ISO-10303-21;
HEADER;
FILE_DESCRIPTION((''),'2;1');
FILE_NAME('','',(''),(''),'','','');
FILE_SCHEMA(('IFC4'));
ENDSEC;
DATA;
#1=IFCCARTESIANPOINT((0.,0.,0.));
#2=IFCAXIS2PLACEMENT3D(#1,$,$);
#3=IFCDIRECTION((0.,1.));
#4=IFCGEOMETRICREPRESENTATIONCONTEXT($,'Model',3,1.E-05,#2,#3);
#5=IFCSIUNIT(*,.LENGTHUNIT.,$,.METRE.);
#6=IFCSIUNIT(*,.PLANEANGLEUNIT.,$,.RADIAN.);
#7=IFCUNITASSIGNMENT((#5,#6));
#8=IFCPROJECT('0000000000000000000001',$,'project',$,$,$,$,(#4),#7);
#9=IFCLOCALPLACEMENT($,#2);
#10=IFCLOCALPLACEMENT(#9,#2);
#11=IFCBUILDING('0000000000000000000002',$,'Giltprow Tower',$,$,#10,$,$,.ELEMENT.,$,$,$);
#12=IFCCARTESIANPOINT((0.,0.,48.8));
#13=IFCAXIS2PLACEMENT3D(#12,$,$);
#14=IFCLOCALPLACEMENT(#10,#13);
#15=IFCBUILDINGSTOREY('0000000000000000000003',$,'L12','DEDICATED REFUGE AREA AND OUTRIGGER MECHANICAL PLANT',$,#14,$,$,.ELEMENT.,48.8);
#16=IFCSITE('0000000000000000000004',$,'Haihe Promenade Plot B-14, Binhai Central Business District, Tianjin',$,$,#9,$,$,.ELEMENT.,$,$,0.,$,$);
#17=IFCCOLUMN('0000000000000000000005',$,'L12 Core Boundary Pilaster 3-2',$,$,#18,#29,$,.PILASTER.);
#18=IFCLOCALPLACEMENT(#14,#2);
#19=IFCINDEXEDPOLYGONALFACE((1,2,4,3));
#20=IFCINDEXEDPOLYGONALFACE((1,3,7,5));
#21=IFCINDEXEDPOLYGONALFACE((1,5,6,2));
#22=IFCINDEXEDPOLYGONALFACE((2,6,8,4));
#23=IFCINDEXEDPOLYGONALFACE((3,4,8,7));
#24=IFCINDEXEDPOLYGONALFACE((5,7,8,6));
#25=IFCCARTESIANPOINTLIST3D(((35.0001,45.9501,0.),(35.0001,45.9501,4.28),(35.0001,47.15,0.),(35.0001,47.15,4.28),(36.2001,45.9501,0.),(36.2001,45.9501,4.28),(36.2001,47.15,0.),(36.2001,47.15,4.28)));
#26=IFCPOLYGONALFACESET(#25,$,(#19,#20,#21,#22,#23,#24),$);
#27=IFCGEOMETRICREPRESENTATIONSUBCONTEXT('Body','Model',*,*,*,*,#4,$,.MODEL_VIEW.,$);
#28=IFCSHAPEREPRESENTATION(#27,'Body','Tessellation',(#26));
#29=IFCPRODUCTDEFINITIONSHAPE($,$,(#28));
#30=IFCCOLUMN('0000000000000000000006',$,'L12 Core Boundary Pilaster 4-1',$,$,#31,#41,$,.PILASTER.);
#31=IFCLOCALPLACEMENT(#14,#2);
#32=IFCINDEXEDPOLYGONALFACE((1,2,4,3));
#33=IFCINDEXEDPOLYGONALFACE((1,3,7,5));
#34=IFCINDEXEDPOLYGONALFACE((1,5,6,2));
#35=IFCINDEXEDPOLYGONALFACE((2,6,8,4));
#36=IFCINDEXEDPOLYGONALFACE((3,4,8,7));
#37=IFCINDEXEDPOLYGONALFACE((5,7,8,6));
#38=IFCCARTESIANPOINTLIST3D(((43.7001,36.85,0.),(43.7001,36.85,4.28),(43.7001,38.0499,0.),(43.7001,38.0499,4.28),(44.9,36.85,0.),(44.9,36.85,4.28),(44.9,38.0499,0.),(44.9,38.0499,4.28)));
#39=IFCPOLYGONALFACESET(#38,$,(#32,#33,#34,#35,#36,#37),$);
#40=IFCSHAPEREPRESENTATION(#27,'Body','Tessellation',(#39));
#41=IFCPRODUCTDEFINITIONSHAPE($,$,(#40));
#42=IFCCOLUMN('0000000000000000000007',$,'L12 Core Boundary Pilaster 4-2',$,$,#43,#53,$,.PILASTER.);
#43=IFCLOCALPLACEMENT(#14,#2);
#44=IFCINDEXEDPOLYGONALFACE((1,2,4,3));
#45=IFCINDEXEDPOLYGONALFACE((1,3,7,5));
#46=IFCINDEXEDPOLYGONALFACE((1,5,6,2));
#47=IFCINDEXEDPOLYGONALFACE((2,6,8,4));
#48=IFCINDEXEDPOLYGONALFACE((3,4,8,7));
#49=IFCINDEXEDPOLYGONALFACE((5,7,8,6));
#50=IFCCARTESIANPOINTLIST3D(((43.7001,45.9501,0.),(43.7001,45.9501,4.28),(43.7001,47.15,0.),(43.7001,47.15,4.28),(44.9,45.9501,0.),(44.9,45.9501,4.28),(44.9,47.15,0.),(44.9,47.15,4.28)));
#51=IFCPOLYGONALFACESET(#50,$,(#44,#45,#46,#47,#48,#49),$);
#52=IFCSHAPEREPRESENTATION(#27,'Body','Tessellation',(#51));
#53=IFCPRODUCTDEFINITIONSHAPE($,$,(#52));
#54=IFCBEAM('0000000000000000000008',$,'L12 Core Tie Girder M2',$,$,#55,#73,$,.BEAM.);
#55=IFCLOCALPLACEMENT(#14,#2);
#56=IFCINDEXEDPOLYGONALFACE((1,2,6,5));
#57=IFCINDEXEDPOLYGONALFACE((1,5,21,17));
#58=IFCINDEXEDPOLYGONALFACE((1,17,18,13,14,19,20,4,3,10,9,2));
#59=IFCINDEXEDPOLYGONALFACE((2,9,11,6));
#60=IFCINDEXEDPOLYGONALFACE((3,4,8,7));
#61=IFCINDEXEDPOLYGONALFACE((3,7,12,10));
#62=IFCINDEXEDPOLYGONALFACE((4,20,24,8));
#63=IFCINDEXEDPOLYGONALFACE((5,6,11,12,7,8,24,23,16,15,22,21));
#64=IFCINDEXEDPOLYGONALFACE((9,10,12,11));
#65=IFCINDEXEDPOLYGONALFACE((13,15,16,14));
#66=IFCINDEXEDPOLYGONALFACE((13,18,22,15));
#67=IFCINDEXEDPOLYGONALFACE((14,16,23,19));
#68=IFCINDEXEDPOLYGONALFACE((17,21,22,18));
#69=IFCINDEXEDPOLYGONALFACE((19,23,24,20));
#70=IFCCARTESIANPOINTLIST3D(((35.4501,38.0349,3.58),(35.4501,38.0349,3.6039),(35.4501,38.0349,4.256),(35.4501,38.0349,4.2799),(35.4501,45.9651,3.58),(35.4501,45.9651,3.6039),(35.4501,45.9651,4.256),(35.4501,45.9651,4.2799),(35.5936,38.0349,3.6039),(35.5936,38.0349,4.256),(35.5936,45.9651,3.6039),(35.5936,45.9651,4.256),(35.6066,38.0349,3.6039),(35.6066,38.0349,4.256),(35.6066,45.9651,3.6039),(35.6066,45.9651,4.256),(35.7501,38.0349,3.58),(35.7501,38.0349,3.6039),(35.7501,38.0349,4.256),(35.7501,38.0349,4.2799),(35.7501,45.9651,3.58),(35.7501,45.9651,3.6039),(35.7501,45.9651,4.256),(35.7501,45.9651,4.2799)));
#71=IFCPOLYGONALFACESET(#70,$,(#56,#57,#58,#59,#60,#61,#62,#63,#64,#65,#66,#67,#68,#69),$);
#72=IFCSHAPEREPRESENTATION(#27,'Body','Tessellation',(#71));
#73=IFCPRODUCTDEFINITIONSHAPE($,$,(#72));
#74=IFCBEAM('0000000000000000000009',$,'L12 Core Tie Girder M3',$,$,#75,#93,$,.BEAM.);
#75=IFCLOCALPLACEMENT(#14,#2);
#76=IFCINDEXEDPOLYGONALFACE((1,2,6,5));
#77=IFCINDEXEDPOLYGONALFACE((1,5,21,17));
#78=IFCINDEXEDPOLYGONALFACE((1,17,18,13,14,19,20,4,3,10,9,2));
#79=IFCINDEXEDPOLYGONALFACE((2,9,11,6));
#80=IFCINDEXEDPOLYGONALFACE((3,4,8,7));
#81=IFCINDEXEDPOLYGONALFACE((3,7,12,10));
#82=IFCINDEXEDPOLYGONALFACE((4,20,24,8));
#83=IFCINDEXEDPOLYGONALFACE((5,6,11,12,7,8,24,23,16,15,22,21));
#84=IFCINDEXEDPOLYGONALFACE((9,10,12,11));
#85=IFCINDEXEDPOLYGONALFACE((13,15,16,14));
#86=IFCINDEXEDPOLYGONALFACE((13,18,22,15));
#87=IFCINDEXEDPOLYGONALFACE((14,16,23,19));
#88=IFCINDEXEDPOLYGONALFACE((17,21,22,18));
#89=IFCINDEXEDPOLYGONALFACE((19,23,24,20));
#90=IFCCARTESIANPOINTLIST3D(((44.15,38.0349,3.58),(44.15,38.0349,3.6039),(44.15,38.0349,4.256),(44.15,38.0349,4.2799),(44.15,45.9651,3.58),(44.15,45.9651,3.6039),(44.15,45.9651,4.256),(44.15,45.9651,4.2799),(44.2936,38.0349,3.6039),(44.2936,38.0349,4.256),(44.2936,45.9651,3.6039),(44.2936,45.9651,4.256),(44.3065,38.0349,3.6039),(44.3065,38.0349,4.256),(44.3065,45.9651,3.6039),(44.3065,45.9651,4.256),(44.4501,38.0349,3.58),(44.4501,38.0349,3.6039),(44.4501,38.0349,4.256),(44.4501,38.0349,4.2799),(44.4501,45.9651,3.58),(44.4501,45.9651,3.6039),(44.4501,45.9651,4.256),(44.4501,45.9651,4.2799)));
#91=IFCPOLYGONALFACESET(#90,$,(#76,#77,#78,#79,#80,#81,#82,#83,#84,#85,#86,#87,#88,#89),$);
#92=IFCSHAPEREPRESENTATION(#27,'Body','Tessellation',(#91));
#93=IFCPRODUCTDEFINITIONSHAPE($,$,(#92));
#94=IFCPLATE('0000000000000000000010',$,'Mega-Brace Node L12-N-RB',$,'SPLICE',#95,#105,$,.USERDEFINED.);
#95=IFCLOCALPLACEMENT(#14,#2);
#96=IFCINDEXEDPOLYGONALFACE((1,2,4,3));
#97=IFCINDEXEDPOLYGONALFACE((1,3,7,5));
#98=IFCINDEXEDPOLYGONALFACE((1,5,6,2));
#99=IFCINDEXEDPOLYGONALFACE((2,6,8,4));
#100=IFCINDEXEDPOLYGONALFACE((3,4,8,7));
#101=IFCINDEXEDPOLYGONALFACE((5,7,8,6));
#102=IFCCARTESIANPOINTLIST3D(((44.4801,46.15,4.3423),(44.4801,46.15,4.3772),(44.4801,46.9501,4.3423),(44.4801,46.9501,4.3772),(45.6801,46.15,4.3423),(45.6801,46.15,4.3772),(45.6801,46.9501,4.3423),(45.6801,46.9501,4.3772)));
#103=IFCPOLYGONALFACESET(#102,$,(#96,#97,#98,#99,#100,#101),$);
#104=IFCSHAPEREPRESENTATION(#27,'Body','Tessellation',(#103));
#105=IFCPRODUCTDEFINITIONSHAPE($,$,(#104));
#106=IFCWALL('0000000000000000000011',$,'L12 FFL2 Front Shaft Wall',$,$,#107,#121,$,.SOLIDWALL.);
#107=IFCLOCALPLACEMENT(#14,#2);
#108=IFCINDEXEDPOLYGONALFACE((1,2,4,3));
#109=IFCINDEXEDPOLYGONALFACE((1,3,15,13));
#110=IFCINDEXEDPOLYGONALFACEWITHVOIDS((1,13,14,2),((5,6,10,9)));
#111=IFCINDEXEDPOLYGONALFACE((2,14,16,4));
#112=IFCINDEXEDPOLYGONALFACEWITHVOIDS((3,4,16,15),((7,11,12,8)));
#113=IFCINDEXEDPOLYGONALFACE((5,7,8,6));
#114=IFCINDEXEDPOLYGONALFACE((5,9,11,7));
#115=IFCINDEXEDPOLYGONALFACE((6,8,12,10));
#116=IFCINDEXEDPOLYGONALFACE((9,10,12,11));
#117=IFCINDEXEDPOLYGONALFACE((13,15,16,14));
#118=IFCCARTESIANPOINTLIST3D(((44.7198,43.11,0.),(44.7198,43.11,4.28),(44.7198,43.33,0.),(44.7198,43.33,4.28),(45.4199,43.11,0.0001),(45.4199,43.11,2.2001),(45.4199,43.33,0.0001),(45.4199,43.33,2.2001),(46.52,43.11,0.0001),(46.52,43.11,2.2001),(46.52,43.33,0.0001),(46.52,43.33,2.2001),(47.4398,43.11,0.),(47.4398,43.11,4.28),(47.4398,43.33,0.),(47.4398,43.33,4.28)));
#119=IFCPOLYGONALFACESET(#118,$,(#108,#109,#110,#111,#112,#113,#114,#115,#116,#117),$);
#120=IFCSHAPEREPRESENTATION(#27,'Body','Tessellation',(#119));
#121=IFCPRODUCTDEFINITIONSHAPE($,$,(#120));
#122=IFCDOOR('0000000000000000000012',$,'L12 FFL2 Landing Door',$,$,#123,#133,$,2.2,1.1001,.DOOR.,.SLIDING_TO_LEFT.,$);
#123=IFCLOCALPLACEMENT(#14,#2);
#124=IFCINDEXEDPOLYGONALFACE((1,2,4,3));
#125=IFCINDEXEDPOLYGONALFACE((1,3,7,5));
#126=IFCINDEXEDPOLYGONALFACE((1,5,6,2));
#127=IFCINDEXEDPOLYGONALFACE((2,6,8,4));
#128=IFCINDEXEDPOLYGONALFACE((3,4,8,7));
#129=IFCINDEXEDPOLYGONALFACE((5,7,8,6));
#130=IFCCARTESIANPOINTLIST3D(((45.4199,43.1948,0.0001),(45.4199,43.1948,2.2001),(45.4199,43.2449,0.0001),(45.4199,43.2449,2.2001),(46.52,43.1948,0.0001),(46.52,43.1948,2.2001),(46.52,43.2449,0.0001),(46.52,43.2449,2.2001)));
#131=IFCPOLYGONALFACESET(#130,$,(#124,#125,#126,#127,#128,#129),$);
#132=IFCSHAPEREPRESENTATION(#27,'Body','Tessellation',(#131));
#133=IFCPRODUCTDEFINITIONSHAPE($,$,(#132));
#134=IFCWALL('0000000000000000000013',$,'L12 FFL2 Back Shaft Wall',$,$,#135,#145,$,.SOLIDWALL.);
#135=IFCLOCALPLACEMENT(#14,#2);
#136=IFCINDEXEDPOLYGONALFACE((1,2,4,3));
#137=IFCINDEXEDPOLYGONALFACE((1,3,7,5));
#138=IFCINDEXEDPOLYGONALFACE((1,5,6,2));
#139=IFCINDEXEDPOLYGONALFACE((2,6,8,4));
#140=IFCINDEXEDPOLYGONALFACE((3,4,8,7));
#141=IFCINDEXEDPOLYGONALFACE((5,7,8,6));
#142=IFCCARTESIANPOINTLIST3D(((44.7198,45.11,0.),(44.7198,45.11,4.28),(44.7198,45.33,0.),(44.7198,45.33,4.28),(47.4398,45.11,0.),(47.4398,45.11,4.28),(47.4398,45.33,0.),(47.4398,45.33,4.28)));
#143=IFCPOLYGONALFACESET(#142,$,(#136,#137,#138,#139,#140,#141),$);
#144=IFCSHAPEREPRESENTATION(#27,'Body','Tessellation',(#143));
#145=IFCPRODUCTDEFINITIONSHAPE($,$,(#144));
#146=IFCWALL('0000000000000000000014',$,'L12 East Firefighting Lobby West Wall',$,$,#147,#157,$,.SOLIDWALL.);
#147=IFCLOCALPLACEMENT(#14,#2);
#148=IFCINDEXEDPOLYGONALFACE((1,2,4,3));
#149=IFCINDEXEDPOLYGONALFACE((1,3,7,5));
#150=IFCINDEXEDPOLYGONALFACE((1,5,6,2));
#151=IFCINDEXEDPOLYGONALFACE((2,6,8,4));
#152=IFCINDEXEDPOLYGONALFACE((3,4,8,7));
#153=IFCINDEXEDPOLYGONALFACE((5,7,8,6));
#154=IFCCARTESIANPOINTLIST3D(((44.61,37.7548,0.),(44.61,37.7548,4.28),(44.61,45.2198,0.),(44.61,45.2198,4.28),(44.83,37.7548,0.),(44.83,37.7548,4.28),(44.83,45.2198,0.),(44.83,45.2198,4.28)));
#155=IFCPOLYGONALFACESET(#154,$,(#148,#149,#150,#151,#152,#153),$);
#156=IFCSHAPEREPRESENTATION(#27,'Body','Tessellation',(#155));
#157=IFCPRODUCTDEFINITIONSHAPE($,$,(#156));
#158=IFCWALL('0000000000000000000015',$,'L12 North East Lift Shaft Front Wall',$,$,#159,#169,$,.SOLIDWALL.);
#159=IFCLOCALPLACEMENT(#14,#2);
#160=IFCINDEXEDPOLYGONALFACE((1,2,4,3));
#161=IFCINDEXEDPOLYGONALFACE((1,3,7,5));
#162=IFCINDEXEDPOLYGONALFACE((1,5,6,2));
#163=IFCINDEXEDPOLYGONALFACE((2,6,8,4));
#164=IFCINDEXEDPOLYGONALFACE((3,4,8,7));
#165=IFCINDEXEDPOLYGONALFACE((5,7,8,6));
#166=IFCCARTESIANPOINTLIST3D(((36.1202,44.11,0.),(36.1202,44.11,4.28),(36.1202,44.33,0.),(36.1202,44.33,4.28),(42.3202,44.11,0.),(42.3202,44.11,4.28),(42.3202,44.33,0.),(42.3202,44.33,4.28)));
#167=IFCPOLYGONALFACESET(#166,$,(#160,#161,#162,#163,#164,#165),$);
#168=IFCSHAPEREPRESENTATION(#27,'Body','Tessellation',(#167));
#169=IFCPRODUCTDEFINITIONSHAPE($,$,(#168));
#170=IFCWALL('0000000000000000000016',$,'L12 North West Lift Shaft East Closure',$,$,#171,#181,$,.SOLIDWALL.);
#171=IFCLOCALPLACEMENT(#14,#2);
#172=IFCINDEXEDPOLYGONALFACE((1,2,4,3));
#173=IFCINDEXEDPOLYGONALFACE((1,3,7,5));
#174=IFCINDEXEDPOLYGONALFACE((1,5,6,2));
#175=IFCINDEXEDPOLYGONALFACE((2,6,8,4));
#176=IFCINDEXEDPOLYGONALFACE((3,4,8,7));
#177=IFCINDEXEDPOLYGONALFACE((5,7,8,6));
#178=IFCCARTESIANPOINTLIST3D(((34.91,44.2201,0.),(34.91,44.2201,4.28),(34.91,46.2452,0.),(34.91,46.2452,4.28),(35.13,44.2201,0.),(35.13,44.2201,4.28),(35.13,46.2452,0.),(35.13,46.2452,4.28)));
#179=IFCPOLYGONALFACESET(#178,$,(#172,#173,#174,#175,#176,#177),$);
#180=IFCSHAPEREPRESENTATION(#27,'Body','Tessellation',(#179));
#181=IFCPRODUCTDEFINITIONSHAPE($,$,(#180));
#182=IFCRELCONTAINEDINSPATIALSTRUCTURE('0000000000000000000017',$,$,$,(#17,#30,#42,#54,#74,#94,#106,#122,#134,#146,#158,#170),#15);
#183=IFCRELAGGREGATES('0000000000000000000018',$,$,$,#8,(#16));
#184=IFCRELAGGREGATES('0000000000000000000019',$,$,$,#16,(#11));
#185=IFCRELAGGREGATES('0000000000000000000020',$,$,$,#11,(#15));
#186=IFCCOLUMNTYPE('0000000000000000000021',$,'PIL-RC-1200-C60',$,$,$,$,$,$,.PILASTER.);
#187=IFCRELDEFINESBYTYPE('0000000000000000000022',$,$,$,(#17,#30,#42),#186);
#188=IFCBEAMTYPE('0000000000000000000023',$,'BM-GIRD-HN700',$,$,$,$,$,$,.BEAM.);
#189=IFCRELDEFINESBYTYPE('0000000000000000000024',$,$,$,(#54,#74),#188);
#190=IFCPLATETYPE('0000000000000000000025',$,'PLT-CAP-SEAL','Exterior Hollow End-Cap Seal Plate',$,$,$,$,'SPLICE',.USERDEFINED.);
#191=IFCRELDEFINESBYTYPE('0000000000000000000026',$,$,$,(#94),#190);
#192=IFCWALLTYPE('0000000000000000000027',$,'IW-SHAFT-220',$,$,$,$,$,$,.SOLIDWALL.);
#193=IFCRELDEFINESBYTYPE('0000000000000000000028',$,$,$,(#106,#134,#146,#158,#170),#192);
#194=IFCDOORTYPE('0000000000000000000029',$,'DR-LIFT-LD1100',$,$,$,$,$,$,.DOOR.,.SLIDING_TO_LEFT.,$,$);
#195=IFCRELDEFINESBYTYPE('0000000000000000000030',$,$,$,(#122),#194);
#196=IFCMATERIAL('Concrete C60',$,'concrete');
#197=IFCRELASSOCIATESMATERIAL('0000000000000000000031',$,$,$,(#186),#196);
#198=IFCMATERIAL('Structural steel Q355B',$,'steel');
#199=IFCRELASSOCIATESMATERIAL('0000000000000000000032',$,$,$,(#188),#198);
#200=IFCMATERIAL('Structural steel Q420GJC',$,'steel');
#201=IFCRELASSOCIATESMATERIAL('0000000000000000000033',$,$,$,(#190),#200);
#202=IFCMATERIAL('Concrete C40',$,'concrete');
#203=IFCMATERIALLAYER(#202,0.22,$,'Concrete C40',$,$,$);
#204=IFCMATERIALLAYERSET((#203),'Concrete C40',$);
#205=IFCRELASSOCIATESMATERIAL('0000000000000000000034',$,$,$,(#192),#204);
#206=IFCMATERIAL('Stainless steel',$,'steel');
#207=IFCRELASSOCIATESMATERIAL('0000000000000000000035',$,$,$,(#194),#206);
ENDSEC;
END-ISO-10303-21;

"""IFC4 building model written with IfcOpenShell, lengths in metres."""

from ifc_helpers import new_model, si_unit, direction, frame, frame_2d, origin, origin_2d, place, context, subcontext, project, spatial, rectangle, i_section, extrude, source, transform, mapped, material, layer, layer_set, material_profile, profile_set, type_object, element, fill, save


model = new_model("IFC4")

# Units and contexts
model_context = context("Model", 3, precision=1e-05, world=origin(), true_north=direction((0.0, 1.0)))
body_context = subcontext(model_context, "Body", "Model", "MODEL_VIEW")
ifc_project = project(units=[si_unit("LENGTHUNIT", "METRE"), si_unit("PLANEANGLEUNIT", "RADIAN")], contexts=[model_context])

# Site, building, storey
site_placement = place(None, origin())
site = spatial("IfcSite", under=ifc_project, at=site_placement, Name="Haihe Promenade Plot B-14, Binhai Central Business District, Tianjin", CompositionType="ELEMENT", RefElevation=0.0)
building_placement = place(site_placement, origin())
building = spatial("IfcBuilding", under=site, at=building_placement, Name="Giltprow Tower", CompositionType="ELEMENT")
storey_placement = place(building_placement, frame((0.0, 0.0, 48.8)))
storey = spatial("IfcBuildingStorey", under=building, at=storey_placement, Name="L12", Description="DEDICATED REFUGE AREA AND OUTRIGGER MECHANICAL PLANT", CompositionType="ELEMENT", Elevation=48.8)

# Columns
ifc_material_1 = material(Name="Concrete C60", Category="concrete")
ifc_material_profile_1 = material_profile(ifc_material_1, rectangle(XDim=1.2, YDim=1.2, at=origin_2d()), Name="RC 1200x1200")
ifc_profile_set_1 = profile_set([ifc_material_profile_1], Name="Concrete C60")
column_type = type_object("IfcColumnType", Name="PIL-RC-1200-C60", PredefinedType="PILASTER", material=ifc_profile_set_1)
shared_shape_1 = source(origin(), body_context, "Body", "SweptSolid", [
    extrude(rectangle(XDim=1.2, YDim=1.2, at=origin_2d()), origin(), (0.0, 0.0, 1.0), 4.28),
])
for number, where, z_axis, x_axis, name in (
    (1, (35.6001, 46.55, 0.0), (0.0, 0.0, 1.0), (1.0, 0.0, 0.0), "L12 Core Boundary Pilaster 3-2"),
    (2, (44.3, 37.45, 0.0), (0.0, 0.0, 1.0), (1.0, 0.0, 0.0), "L12 Core Boundary Pilaster 4-1"),
    (3, (44.3, 46.55, 0.0), (0.0, 0.0, 1.0), (1.0, 0.0, 0.0), "L12 Core Boundary Pilaster 4-2"),
):
    element("IfcColumn", number, at=place(storey_placement, frame(where, z_axis=z_axis, x_axis=x_axis)), inside=storey, type_object=column_type, Name=name, PredefinedType="PILASTER", context=body_context, shape_type="MappedRepresentation", body=[
        mapped(shared_shape_1, transform((0.0, 0.0, 0.0), x_axis=(1.0, 0.0, 0.0), y_axis=(0.0, 1.0, 0.0), z_axis=(0.0, 0.0, 1.0), scale=1.0)),
    ])

# Beams
ifc_material_2 = material(Name="Structural steel Q355B", Category="steel")
ifc_material_profile_2 = material_profile(ifc_material_2, i_section(OverallWidth=0.3, OverallDepth=0.7, WebThickness=0.0129, FlangeThickness=0.0239, at=origin_2d()), Name="HN 700x300x13x24")
ifc_profile_set_2 = profile_set([ifc_material_profile_2], Name="Structural steel Q355B")
beam_type = type_object("IfcBeamType", Name="BM-GIRD-HN700", PredefinedType="BEAM", material=ifc_profile_set_2)
shared_shape_2 = source(origin(), body_context, "Body", "SweptSolid", [
    extrude(i_section(OverallWidth=0.3, OverallDepth=0.7, WebThickness=0.0129, FlangeThickness=0.0239, at=origin_2d()), origin(), (0.0, 0.0, 1.0), 7.9302),
])
for number, where, z_axis, x_axis, name in (
    (4, (35.6001, 38.0349, 3.9299), (0.0, 1.0, 0.0), (-1.0, 0.0, 0.0), "L12 Core Tie Girder M2"),
    (5, (44.3, 38.0349, 3.9299), (0.0, 1.0, 0.0), (-1.0, 0.0, 0.0), "L12 Core Tie Girder M3"),
):
    element("IfcBeam", number, at=place(storey_placement, frame(where, z_axis=z_axis, x_axis=x_axis)), inside=storey, type_object=beam_type, Name=name, PredefinedType="BEAM", context=body_context, shape_type="MappedRepresentation", body=[
        mapped(shared_shape_2, transform((0.0, 0.0, 0.0), x_axis=(1.0, 0.0, 0.0), y_axis=(0.0, 1.0, 0.0), z_axis=(0.0, 0.0, 1.0), scale=1.0)),
    ])

# Plate
ifc_material_3 = material(Name="Structural steel Q420GJC", Category="steel")
plate_type = type_object("IfcPlateType", Name="PLT-CAP-SEAL", Description="Exterior Hollow End-Cap Seal Plate", ElementType="SPLICE", PredefinedType="USERDEFINED", material=ifc_material_3)
shared_shape_3 = source(origin(), body_context, "Body", "SweptSolid", [
    extrude(rectangle(XDim=1.2, YDim=0.8, at=origin_2d()), origin(), (0.0, 0.0, 1.0), 0.0349),
])
plate_placement = place(storey_placement, frame((45.0801, 46.55, 4.3423), z_axis=(0.0, 0.0, 1.0), x_axis=(1.0, 0.0, 0.0)))
element("IfcPlate", 6, at=plate_placement, inside=storey, type_object=plate_type, Name="Mega-Brace Node L12-N-RB", ObjectType="SPLICE", PredefinedType="USERDEFINED", context=body_context, shape_type="MappedRepresentation", body=[
    mapped(shared_shape_3, transform((0.0, 0.0, 0.0), x_axis=(1.0, 0.0, 0.0), y_axis=(0.0, 1.0, 0.0), z_axis=(0.0, 0.0, 1.0), scale=1.0)),
])

# Wall, opening, door
ifc_material_4 = material(Name="Concrete C40", Category="concrete")
ifc_layer_1 = layer(ifc_material_4, 0.22, Name="Concrete C40")
ifc_layer_set_1 = layer_set([ifc_layer_1], Name="Concrete C40")
wall_type_1 = type_object("IfcWallType", Name="IW-SHAFT-220", PredefinedType="SOLIDWALL", material=ifc_layer_set_1)
wall_1_placement = place(storey_placement, frame((44.72, 43.22, 0.0), z_axis=(0.0, 0.0, 1.0), x_axis=(1.0, 0.0, 0.0)))
wall_1 = element("IfcWall", 7, at=wall_1_placement, inside=storey, type_object=wall_type_1, Name="L12 FFL2 Front Shaft Wall", PredefinedType="SOLIDWALL", context=body_context, shape_type="SweptSolid", body=[
    extrude(rectangle(XDim=2.72, YDim=0.22, at=frame_2d((1.3599, 0.0))), origin(), (0.0, 0.0, 1.0), 4.28),
])
opening_1_placement = place(wall_1_placement, frame((0.7, 0.0, 0.0)))
opening_1 = element("IfcOpeningElement", 8, at=opening_1_placement, cuts=wall_1, PredefinedType="OPENING", context=body_context, shape_type="SweptSolid", body=[
    extrude(rectangle(XDim=1.1001, YDim=2.2, at=frame_2d((0.55, 1.1001))), frame((0.0, 0.1199, 0.0), z_axis=(0.0, -1.0, 0.0), x_axis=(1.0, 0.0, 0.0)), (0.0, 0.0, 1.0), 0.24),
])
ifc_material_5 = material(Name="Stainless steel", Category="steel")
door_type_1 = type_object("IfcDoorType", Name="DR-LIFT-LD1100", OperationType="SLIDING_TO_LEFT", PredefinedType="DOOR", material=ifc_material_5)
shared_shape_4 = source(origin(), body_context, "Body", "SweptSolid", [
    extrude(rectangle(XDim=1.1001, YDim=2.2, at=frame_2d((0.55, 1.1001))), frame((0.0, 0.0249, 0.0), z_axis=(0.0, -1.0, 0.0), x_axis=(1.0, 0.0, 0.0)), (0.0, 0.0, 1.0), 0.05),
])
door_1_placement = place(opening_1_placement, origin())
door_1 = element("IfcDoor", 9, at=door_1_placement, inside=storey, type_object=door_type_1, Name="L12 FFL2 Landing Door", OperationType="SLIDING_TO_LEFT", OverallHeight=2.2, OverallWidth=1.1001, PredefinedType="DOOR", context=body_context, shape_type="MappedRepresentation", body=[
    mapped(shared_shape_4, transform((0.0, 0.0, 0.0), x_axis=(1.0, 0.0, 0.0), y_axis=(0.0, 1.0, 0.0), z_axis=(0.0, 0.0, 1.0), scale=1.0)),
])
fill(opening_1, door_1)

# Walls
wall_2_placement = place(storey_placement, frame((44.72, 45.22, 0.0), z_axis=(0.0, 0.0, 1.0), x_axis=(1.0, 0.0, 0.0)))
element("IfcWall", 10, at=wall_2_placement, inside=storey, type_object=wall_type_1, Name="L12 FFL2 Back Shaft Wall", PredefinedType="SOLIDWALL", context=body_context, shape_type="SweptSolid", body=[
    extrude(rectangle(XDim=2.72, YDim=0.22, at=frame_2d((1.3599, 0.0))), origin(), (0.0, 0.0, 1.0), 4.28),
])
wall_3_placement = place(storey_placement, frame((44.72, 37.7549, 0.0), z_axis=(0.0, 0.0, 1.0), x_axis=(0.0, 1.0, 0.0)))
element("IfcWall", 11, at=wall_3_placement, inside=storey, type_object=wall_type_1, Name="L12 East Firefighting Lobby West Wall", PredefinedType="SOLIDWALL", context=body_context, shape_type="SweptSolid", body=[
    extrude(rectangle(XDim=7.4651, YDim=0.22, at=frame_2d((3.7324, 0.0))), origin(), (0.0, 0.0, 1.0), 4.28),
])
wall_4_placement = place(storey_placement, frame((36.1201, 44.22, 0.0), z_axis=(0.0, 0.0, 1.0), x_axis=(1.0, 0.0, 0.0)))
element("IfcWall", 12, at=wall_4_placement, inside=storey, type_object=wall_type_1, Name="L12 North East Lift Shaft Front Wall", PredefinedType="SOLIDWALL", context=body_context, shape_type="SweptSolid", body=[
    extrude(rectangle(XDim=6.2, YDim=0.22, at=frame_2d((3.1001, 0.0))), origin(), (0.0, 0.0, 1.0), 4.28),
])
for number, where, z_axis, x_axis, name in (
    (13, (35.02, 44.22, 0.0), (0.0, 0.0, 1.0), (0.0, 1.0, 0.0), "L12 North West Lift Shaft East Closure"),
):
    element("IfcWall", number, at=place(storey_placement, frame(where, z_axis=z_axis, x_axis=x_axis)), inside=storey, type_object=wall_type_1, Name=name, PredefinedType="SOLIDWALL", context=body_context, shape_type="SweptSolid", body=[
        extrude(rectangle(XDim=2.0251, YDim=0.22, at=frame_2d((1.0127, 0.0))), origin(), (0.0, 0.0, 1.0), 4.28),
    ])

save(model, "model.ifc")
